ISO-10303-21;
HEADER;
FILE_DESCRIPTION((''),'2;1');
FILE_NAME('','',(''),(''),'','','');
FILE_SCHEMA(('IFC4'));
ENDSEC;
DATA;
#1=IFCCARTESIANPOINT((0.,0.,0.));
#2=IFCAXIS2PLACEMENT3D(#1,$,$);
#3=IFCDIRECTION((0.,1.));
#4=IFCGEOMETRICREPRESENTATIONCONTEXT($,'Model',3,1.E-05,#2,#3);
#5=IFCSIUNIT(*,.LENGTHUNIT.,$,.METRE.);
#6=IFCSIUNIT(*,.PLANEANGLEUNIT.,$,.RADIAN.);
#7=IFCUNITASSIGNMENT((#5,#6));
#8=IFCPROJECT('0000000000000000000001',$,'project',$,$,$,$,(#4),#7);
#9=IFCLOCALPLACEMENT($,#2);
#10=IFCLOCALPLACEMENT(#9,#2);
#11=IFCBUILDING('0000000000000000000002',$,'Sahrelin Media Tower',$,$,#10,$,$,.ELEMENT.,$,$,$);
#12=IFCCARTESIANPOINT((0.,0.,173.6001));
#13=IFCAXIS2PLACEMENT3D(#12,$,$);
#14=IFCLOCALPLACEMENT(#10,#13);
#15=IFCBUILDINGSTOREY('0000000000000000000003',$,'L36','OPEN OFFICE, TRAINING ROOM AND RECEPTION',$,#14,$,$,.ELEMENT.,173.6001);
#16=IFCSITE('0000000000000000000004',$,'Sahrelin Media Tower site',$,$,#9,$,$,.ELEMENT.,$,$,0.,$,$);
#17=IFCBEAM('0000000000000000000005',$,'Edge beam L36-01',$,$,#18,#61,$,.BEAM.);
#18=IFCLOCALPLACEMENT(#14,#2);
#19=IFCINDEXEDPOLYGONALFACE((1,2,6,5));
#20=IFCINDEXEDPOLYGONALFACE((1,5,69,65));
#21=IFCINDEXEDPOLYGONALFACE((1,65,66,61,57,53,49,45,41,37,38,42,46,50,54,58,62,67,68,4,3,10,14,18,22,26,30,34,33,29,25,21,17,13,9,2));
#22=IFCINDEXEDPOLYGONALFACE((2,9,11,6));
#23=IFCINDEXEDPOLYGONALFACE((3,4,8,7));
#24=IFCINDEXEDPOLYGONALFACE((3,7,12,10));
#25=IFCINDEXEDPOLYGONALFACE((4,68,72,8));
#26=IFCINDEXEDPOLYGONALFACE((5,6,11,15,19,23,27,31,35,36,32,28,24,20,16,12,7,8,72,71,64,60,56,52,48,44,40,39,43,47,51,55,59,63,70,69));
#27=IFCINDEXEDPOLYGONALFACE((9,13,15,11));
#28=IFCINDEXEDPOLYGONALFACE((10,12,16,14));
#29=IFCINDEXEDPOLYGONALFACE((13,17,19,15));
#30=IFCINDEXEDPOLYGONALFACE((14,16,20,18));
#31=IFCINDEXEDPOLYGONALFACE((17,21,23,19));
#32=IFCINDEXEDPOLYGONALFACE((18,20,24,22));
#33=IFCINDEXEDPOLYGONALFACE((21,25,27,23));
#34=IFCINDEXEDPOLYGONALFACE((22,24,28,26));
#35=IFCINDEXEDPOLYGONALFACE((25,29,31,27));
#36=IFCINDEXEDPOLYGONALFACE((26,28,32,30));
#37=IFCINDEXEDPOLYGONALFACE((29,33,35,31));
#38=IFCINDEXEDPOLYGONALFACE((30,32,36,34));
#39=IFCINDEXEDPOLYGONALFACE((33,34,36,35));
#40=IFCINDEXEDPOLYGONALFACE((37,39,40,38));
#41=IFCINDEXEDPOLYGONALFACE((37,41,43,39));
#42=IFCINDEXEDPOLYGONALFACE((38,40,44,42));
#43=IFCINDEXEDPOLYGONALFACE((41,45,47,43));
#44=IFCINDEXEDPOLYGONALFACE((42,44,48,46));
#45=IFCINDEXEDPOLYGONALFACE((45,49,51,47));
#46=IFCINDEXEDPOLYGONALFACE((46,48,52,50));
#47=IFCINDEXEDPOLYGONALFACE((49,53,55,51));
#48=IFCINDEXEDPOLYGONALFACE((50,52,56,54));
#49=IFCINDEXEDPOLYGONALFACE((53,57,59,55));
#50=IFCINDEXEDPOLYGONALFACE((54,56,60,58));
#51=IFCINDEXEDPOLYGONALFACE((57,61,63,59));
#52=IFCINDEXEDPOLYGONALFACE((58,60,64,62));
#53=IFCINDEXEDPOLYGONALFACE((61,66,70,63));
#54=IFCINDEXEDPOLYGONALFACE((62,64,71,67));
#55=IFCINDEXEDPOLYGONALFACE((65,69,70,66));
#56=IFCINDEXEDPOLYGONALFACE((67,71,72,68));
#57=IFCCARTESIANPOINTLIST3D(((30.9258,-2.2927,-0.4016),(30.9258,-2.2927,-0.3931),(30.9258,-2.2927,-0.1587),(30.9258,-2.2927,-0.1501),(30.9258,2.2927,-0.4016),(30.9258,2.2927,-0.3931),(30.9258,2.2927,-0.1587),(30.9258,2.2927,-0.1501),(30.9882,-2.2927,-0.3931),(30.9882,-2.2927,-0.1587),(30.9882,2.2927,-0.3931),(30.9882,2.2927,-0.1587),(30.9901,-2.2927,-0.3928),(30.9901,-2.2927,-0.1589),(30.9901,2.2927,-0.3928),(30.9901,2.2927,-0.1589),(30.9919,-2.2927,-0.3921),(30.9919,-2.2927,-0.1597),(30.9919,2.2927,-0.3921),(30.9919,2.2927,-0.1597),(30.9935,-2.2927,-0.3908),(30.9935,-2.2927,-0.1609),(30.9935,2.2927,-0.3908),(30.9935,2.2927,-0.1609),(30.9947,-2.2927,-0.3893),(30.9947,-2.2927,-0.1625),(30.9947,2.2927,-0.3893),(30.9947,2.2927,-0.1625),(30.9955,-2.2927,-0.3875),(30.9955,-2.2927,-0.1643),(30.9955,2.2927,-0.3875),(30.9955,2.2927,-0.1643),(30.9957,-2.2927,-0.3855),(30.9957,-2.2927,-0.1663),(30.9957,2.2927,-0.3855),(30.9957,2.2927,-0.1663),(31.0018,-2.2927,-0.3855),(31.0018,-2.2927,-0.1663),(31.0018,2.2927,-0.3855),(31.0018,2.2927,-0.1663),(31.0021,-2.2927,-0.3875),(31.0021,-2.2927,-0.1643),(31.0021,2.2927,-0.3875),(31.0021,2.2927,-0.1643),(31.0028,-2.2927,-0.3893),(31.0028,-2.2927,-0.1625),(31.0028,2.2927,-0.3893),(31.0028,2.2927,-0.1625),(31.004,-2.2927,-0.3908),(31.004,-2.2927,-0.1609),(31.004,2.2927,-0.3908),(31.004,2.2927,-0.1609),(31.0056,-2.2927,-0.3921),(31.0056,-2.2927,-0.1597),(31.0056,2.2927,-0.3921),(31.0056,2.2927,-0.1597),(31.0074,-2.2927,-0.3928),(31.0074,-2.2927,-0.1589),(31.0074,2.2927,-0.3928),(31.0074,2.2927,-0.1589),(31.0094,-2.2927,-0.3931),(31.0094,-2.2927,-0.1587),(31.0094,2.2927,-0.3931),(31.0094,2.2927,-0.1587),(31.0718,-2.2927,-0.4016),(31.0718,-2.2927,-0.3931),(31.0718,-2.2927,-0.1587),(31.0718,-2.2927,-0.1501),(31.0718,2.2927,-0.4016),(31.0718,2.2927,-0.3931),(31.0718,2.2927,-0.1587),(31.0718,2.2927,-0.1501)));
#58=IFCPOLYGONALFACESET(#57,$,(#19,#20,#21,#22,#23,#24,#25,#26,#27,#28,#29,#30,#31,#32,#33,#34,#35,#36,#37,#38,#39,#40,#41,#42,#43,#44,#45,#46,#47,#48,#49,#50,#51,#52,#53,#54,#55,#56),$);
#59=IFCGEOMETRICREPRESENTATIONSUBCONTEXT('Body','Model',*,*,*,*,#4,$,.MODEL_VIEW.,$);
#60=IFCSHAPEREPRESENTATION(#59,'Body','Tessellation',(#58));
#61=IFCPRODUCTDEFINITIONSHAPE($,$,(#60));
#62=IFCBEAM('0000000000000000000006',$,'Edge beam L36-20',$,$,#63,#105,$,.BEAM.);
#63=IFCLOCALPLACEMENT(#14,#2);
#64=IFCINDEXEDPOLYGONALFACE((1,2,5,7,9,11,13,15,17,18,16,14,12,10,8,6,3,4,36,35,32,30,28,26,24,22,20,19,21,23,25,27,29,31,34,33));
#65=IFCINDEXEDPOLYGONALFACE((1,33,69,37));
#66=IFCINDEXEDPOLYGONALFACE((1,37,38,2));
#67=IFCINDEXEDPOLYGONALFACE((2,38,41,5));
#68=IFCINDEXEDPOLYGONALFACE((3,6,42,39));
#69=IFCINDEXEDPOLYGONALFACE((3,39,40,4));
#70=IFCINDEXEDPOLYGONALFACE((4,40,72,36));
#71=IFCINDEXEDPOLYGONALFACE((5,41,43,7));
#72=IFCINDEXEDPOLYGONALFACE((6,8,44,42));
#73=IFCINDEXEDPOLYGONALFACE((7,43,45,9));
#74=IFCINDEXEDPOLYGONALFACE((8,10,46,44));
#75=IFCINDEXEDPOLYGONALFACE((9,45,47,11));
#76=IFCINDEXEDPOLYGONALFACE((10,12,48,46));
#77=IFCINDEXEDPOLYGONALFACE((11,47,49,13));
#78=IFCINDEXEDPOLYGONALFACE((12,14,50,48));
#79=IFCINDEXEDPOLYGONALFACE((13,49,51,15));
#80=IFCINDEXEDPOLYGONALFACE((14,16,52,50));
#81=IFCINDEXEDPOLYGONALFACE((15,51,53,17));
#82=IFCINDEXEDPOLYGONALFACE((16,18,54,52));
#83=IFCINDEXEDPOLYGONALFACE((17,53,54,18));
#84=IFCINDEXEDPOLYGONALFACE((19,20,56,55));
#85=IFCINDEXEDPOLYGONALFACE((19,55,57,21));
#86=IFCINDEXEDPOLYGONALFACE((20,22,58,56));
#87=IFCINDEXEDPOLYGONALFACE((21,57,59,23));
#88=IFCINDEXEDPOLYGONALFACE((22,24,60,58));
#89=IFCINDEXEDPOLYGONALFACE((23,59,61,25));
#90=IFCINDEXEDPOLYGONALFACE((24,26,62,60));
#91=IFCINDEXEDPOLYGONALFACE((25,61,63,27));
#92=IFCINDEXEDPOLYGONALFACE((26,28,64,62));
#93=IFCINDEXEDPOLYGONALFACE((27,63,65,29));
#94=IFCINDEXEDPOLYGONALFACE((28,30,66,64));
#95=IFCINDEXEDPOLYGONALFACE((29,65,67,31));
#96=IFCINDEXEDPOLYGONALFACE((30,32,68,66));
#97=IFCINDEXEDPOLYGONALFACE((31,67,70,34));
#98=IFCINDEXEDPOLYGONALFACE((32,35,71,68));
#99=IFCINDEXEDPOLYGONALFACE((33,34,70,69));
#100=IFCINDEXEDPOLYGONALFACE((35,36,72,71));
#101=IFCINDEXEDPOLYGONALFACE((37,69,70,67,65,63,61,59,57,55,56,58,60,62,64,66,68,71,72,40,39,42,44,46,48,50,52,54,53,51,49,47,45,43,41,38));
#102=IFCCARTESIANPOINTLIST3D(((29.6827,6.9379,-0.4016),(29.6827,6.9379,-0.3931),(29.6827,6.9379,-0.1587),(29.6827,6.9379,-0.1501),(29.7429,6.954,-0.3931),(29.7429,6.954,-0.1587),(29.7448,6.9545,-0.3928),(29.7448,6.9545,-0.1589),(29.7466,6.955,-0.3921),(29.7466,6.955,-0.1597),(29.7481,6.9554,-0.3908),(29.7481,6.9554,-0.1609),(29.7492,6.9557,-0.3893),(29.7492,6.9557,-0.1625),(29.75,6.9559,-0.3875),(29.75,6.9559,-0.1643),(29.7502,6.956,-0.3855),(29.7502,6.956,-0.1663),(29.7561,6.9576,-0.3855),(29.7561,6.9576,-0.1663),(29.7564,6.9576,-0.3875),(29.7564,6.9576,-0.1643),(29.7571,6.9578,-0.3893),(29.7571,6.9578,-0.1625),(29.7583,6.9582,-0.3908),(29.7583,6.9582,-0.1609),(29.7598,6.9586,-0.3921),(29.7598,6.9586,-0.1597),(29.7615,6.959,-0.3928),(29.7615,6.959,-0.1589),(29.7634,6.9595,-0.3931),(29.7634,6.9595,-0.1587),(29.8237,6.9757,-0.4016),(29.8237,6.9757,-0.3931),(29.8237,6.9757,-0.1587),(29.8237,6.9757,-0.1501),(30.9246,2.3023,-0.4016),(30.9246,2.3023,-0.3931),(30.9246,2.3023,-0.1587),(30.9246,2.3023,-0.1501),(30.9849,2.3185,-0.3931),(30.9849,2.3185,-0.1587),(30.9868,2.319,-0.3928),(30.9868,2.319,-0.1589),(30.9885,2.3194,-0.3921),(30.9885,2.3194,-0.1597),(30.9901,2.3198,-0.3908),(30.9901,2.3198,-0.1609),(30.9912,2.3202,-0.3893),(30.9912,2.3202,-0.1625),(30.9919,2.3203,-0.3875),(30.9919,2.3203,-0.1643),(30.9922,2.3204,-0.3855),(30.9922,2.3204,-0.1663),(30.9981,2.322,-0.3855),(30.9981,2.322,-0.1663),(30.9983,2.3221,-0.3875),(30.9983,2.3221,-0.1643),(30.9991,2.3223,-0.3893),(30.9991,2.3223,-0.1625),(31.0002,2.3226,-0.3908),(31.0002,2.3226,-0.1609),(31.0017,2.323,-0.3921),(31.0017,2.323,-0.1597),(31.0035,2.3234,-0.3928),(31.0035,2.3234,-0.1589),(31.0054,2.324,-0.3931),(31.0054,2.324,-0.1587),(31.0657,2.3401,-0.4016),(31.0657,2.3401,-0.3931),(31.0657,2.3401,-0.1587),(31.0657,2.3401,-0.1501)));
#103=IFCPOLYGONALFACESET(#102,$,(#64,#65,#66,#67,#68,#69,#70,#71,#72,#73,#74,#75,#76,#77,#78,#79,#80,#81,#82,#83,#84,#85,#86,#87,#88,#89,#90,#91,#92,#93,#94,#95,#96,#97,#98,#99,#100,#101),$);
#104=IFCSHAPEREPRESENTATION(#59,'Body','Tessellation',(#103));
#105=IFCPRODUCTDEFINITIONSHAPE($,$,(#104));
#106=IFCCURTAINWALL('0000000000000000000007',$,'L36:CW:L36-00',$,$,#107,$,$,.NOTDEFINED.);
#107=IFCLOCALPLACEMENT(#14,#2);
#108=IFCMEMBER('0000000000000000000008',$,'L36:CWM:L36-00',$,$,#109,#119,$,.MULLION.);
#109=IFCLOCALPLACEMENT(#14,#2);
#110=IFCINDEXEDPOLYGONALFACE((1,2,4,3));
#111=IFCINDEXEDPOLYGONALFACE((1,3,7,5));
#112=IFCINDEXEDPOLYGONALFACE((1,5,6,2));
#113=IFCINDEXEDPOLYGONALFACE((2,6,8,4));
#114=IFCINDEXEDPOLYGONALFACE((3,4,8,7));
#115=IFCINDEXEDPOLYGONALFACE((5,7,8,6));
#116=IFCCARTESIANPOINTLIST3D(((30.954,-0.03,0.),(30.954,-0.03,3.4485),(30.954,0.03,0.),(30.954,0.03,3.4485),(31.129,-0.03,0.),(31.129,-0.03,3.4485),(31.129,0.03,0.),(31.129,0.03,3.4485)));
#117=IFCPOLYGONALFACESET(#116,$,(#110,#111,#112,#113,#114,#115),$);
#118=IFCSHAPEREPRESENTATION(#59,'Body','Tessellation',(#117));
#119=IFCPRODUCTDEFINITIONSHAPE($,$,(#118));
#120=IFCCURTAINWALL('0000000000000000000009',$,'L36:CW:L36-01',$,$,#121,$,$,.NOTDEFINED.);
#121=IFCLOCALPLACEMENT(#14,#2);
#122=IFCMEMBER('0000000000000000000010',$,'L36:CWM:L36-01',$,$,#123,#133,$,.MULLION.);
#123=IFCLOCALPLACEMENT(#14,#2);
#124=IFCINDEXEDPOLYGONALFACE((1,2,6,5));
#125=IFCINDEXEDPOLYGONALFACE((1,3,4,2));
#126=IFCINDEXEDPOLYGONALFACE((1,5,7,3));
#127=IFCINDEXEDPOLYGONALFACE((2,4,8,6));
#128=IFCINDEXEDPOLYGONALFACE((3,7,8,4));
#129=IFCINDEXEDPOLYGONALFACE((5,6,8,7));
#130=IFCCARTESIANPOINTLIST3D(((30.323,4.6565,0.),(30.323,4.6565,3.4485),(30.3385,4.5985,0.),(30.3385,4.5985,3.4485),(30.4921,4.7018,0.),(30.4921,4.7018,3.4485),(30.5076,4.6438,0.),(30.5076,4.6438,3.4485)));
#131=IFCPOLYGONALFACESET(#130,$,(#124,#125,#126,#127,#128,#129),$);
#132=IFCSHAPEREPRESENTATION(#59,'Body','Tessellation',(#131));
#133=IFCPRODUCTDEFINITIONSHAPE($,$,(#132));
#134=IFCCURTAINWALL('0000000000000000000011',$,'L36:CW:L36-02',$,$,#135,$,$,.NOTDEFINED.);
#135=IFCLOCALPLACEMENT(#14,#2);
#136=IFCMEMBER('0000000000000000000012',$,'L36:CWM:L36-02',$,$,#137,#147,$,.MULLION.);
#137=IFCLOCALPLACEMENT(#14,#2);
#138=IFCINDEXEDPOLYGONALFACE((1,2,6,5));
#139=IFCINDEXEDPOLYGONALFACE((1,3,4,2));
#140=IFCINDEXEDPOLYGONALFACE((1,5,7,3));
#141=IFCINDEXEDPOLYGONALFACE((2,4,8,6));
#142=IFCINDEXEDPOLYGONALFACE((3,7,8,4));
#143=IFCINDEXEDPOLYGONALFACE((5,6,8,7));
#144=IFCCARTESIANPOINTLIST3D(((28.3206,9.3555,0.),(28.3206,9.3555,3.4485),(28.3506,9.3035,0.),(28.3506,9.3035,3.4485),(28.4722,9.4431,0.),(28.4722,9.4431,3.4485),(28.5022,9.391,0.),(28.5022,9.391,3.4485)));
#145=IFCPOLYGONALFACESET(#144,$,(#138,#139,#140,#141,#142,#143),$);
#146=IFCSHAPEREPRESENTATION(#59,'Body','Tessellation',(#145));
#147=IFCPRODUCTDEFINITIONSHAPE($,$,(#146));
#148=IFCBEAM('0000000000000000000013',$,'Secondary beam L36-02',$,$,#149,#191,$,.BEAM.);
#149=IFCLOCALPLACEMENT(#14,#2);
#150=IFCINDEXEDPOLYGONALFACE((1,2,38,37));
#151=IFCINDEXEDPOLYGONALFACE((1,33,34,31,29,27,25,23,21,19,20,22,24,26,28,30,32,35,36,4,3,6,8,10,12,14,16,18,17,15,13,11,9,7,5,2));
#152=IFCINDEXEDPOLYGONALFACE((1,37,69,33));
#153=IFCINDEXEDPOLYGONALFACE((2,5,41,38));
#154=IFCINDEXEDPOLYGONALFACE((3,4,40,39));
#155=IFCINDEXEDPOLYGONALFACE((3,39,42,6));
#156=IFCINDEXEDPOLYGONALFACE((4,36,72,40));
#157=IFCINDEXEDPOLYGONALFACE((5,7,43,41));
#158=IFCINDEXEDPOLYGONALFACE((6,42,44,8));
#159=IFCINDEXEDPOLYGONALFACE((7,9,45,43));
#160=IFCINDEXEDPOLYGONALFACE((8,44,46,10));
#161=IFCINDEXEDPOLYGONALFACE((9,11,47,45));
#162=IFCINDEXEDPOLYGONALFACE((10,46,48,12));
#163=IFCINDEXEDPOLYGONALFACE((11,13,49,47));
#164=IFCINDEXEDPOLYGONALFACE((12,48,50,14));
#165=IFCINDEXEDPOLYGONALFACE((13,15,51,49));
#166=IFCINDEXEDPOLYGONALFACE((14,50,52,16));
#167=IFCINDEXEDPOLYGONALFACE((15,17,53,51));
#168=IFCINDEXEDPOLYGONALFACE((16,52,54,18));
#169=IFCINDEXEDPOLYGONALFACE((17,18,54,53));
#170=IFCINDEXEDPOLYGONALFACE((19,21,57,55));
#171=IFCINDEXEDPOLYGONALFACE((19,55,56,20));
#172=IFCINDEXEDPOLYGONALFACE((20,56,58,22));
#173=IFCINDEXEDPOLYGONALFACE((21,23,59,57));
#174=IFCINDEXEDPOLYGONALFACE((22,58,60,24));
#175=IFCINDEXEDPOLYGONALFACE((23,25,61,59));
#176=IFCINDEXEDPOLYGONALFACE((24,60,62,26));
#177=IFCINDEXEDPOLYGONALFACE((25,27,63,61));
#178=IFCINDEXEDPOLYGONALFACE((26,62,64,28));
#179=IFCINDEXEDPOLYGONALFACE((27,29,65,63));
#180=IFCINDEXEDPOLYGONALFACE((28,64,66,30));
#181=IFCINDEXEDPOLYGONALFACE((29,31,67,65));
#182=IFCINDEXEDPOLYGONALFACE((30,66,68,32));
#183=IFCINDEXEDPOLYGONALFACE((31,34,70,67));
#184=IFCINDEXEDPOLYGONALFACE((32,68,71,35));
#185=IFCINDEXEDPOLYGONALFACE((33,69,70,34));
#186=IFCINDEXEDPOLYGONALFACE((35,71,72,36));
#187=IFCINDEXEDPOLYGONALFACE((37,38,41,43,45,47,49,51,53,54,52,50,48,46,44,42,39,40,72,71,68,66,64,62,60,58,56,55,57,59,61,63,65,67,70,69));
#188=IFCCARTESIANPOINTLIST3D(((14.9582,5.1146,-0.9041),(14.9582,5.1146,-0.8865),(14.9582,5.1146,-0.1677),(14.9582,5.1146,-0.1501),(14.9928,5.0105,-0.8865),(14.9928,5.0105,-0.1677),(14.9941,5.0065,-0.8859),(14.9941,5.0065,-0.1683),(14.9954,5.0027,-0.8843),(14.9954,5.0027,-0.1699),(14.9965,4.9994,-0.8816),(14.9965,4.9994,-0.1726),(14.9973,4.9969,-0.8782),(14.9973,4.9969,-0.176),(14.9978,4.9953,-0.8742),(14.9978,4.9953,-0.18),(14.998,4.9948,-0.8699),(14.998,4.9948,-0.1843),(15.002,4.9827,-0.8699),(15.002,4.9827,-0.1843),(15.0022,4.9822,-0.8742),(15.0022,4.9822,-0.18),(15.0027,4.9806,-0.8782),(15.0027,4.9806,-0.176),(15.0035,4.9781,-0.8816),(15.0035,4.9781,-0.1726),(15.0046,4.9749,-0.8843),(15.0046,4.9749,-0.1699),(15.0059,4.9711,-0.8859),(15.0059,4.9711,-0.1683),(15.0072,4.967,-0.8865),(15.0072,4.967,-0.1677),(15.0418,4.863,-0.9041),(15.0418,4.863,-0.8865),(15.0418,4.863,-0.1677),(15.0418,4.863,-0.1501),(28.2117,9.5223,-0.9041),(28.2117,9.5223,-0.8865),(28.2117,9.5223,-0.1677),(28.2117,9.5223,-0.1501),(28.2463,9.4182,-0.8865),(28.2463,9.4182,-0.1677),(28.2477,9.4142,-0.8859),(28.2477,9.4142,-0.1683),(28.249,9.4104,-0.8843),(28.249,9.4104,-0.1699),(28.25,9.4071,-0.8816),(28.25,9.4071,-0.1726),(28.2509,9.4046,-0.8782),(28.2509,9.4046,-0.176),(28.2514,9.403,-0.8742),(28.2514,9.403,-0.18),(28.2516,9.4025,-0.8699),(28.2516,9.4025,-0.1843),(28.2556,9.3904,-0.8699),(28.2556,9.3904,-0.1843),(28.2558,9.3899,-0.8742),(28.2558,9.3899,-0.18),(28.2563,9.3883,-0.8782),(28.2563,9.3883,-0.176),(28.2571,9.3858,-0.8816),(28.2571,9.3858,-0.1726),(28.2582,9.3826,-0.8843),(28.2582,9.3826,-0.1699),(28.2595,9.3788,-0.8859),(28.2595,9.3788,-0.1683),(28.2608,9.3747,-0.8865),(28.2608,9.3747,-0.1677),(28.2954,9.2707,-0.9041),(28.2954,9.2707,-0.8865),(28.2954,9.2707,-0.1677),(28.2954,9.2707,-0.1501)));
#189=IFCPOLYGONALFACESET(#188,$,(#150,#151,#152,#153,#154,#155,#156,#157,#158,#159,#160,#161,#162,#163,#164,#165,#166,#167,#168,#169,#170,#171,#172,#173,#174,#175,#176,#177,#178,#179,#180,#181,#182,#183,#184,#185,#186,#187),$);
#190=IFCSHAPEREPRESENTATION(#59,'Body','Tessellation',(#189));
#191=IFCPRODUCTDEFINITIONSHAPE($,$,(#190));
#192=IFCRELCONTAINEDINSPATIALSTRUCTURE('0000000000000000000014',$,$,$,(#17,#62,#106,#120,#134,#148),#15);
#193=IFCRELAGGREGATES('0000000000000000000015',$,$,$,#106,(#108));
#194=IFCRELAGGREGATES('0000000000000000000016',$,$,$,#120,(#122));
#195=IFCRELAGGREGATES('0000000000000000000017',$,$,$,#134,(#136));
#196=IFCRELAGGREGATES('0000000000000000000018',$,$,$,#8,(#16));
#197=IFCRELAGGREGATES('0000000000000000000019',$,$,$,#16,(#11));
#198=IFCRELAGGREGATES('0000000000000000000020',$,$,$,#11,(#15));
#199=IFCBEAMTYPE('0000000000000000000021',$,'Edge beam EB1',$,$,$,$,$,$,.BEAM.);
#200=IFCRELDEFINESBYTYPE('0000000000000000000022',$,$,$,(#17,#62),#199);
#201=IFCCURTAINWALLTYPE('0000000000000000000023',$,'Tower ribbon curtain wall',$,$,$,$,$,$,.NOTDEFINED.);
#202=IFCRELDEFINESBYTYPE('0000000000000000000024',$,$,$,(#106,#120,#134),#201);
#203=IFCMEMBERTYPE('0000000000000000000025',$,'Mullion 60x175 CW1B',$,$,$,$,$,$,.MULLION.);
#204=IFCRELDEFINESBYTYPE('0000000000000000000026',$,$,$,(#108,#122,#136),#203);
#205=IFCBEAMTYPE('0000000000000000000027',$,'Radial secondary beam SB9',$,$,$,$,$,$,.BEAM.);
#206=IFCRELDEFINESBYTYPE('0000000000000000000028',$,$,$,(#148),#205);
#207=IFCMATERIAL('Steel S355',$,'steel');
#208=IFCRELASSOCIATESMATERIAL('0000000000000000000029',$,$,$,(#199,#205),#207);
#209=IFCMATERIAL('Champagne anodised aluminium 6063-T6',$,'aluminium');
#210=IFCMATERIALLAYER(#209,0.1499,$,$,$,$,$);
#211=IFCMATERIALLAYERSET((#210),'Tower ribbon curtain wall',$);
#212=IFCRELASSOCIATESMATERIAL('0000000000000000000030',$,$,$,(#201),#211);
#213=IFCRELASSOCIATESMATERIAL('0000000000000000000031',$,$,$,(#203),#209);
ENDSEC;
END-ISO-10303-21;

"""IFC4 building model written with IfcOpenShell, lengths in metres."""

from ifc_helpers import new_model, si_unit, direction, frame, origin, origin_2d, place, context, subcontext, project, spatial, rectangle, i_section, extrude, material, layer, layer_set, material_profile, profile_set, type_object, element, aggregate, save


model = new_model("IFC4")

# Units and contexts
model_context = context("Model", 3, precision=1e-05, world=origin(), true_north=direction((0.0, 1.0)))
body_context = subcontext(model_context, "Body", "Model", "MODEL_VIEW")
ifc_project = project(units=[si_unit("LENGTHUNIT", "METRE"), si_unit("PLANEANGLEUNIT", "RADIAN")], contexts=[model_context])

# Site, building, storey
site_placement = place(None, origin())
site = spatial("IfcSite", under=ifc_project, at=site_placement, Name="Sahrelin Media Tower site", CompositionType="ELEMENT", RefElevation=0.0)
building_placement = place(site_placement, origin())
building = spatial("IfcBuilding", under=site, at=building_placement, Name="Sahrelin Media Tower", CompositionType="ELEMENT")
storey_placement = place(building_placement, frame((0.0, 0.0, 173.6001)))
storey = spatial("IfcBuildingStorey", under=building, at=storey_placement, Name="L36", Description="OPEN OFFICE, TRAINING ROOM AND RECEPTION", CompositionType="ELEMENT", Elevation=173.6001)

# Beams
ifc_material_1 = material(Name="Steel S355", Category="steel")
ifc_material_profile_1 = material_profile(ifc_material_1, i_section(OverallWidth=0.146, OverallDepth=0.2515, WebThickness=0.0061, FlangeThickness=0.0085, FilletRadius=0.0076, at=origin_2d()), Name="UB 254x146x31")
ifc_profile_set_1 = profile_set([ifc_material_profile_1], Name="Steel S355")
beam_type_1 = type_object("IfcBeamType", Name="Edge beam EB1", PredefinedType="BEAM", material=ifc_profile_set_1)
beam_1_placement = place(storey_placement, frame((30.9988, 2.2927, -0.2759), z_axis=(0.0, -1.0, 0.0), x_axis=(1.0, 0.0, 0.0)))
element("IfcBeam", 1, at=beam_1_placement, inside=storey, type_object=beam_type_1, Name="Edge beam L36-01", PredefinedType="BEAM", context=body_context, shape_type="SweptSolid", body=[
    extrude(i_section(OverallWidth=0.146, OverallDepth=0.2515, WebThickness=0.0061, FlangeThickness=0.0085, FilletRadius=0.0076, at=origin_2d()), origin(), (0.0, 0.0, 1.0), 4.5854),
])
beam_2_placement = place(storey_placement, frame((29.7532, 6.9568, -0.2759), z_axis=(0.258793, -0.965933, 0.0), x_axis=(0.965933, 0.258793, 0.0)))
element("IfcBeam", 2, at=beam_2_placement, inside=storey, type_object=beam_type_1, Name="Edge beam L36-20", PredefinedType="BEAM", context=body_context, shape_type="SweptSolid", body=[
    extrude(i_section(OverallWidth=0.146, OverallDepth=0.2515, WebThickness=0.0061, FlangeThickness=0.0085, FilletRadius=0.0076, at=origin_2d()), origin(), (0.0, 0.0, 1.0), 4.7991),
])

# Curtain walls, members
ifc_material_2 = material(Name="Champagne anodised aluminium 6063-T6", Category="aluminium")
ifc_layer_1 = layer(ifc_material_2, 0.1499)
ifc_layer_set_1 = layer_set([ifc_layer_1], Name="Tower ribbon curtain wall")
curtain_wall_type = type_object("IfcCurtainWallType", Name="Tower ribbon curtain wall", PredefinedType="NOTDEFINED", material=ifc_layer_set_1)
curtain_wall_1_placement = place(storey_placement, frame((31.1489, 0.0, 0.0), z_axis=(0.0, 0.0, 1.0), x_axis=(1.0, 0.0, 0.0)))
curtain_wall_1 = element("IfcCurtainWall", 3, at=curtain_wall_1_placement, inside=storey, type_object=curtain_wall_type, Name="L36:CW:L36-00", PredefinedType="NOTDEFINED")
ifc_material_profile_2 = material_profile(ifc_material_2, rectangle(XDim=0.0601, YDim=0.175, at=origin_2d()), Name="Mullion 60x175")
ifc_profile_set_2 = profile_set([ifc_material_profile_2], Name="Champagne anodised aluminium 6063-T6")
member_type_1 = type_object("IfcMemberType", Name="Mullion 60x175 CW1B", PredefinedType="MULLION", material=ifc_profile_set_2)
member_1_placement = place(storey_placement, frame((31.0415, 0.0, 0.0), z_axis=(0.0, 0.0, 1.0), x_axis=(0.0, 1.0, 0.0)))
member_1 = element("IfcMember", 4, at=member_1_placement, type_object=member_type_1, Name="L36:CWM:L36-00", PredefinedType="MULLION", context=body_context, shape_type="SweptSolid", body=[
    extrude(rectangle(XDim=0.0601, YDim=0.175, at=origin_2d()), origin(), (0.0, 0.0, 1.0), 3.4485),
])
aggregate(curtain_wall_1, [member_1])
curtain_wall_2_placement = place(storey_placement, frame((30.519, 4.678, 0.0), z_axis=(0.0, 0.0, 1.0), x_axis=(1.0, 0.0, 0.0)))
curtain_wall_2 = element("IfcCurtainWall", 5, at=curtain_wall_2_placement, inside=storey, type_object=curtain_wall_type, Name="L36:CW:L36-01", PredefinedType="NOTDEFINED")
member_2_placement = place(storey_placement, frame((30.4153, 4.6501, 0.0), z_axis=(0.0, 0.0, 1.0), x_axis=(-0.258821, 0.965925, 0.0)))
member_2 = element("IfcMember", 6, at=member_2_placement, type_object=member_type_1, Name="L36:CWM:L36-01", PredefinedType="MULLION", context=body_context, shape_type="SweptSolid", body=[
    extrude(rectangle(XDim=0.0601, YDim=0.175, at=origin_2d()), origin(), (0.0, 0.0, 1.0), 3.4485),
])
curtain_wall_3_placement = place(storey_placement, frame((28.5044, 9.427, 0.0), z_axis=(0.0, 0.0, 1.0), x_axis=(1.0, 0.0, 0.0)))
curtain_wall_3 = element("IfcCurtainWall", 7, at=curtain_wall_3_placement, inside=storey, type_object=curtain_wall_type, Name="L36:CW:L36-02", PredefinedType="NOTDEFINED")
member_3_placement = place(storey_placement, frame((28.4114, 9.3733, 0.0), z_axis=(0.0, 0.0, 1.0), x_axis=(-0.5, 0.866025, 0.0)))
member_3 = element("IfcMember", 8, at=member_3_placement, type_object=member_type_1, Name="L36:CWM:L36-02", PredefinedType="MULLION", context=body_context, shape_type="SweptSolid", body=[
    extrude(rectangle(XDim=0.0601, YDim=0.175, at=origin_2d()), origin(), (0.0, 0.0, 1.0), 3.4485),
])

# Beam
ifc_material_profile_3 = material_profile(ifc_material_1, i_section(OverallWidth=0.2651, OverallDepth=0.7539, WebThickness=0.0127, FlangeThickness=0.0176, FilletRadius=0.0166, at=origin_2d()), Name="UB 762x267x147")
ifc_profile_set_3 = profile_set([ifc_material_profile_3], Name="Steel S355")
beam_type_2 = type_object("IfcBeamType", Name="Radial secondary beam SB9", PredefinedType="BEAM", material=ifc_profile_set_3)
beam_3_placement = place(storey_placement, frame((15.0, 4.9888, -0.5271), z_axis=(0.948902, 0.315572, 0.0), x_axis=(-0.315572, 0.948902, 0.0)))
element("IfcBeam", 9, at=beam_3_placement, inside=storey, type_object=beam_type_2, Name="Secondary beam L36-02", PredefinedType="BEAM", context=body_context, shape_type="SweptSolid", body=[
    extrude(i_section(OverallWidth=0.2651, OverallDepth=0.7539, WebThickness=0.0127, FlangeThickness=0.0176, FilletRadius=0.0166, at=origin_2d()), origin(), (0.0, 0.0, 1.0), 13.9673),
])

aggregate(curtain_wall_2, [member_2])
aggregate(curtain_wall_3, [member_3])

save(model, "model.ifc")
